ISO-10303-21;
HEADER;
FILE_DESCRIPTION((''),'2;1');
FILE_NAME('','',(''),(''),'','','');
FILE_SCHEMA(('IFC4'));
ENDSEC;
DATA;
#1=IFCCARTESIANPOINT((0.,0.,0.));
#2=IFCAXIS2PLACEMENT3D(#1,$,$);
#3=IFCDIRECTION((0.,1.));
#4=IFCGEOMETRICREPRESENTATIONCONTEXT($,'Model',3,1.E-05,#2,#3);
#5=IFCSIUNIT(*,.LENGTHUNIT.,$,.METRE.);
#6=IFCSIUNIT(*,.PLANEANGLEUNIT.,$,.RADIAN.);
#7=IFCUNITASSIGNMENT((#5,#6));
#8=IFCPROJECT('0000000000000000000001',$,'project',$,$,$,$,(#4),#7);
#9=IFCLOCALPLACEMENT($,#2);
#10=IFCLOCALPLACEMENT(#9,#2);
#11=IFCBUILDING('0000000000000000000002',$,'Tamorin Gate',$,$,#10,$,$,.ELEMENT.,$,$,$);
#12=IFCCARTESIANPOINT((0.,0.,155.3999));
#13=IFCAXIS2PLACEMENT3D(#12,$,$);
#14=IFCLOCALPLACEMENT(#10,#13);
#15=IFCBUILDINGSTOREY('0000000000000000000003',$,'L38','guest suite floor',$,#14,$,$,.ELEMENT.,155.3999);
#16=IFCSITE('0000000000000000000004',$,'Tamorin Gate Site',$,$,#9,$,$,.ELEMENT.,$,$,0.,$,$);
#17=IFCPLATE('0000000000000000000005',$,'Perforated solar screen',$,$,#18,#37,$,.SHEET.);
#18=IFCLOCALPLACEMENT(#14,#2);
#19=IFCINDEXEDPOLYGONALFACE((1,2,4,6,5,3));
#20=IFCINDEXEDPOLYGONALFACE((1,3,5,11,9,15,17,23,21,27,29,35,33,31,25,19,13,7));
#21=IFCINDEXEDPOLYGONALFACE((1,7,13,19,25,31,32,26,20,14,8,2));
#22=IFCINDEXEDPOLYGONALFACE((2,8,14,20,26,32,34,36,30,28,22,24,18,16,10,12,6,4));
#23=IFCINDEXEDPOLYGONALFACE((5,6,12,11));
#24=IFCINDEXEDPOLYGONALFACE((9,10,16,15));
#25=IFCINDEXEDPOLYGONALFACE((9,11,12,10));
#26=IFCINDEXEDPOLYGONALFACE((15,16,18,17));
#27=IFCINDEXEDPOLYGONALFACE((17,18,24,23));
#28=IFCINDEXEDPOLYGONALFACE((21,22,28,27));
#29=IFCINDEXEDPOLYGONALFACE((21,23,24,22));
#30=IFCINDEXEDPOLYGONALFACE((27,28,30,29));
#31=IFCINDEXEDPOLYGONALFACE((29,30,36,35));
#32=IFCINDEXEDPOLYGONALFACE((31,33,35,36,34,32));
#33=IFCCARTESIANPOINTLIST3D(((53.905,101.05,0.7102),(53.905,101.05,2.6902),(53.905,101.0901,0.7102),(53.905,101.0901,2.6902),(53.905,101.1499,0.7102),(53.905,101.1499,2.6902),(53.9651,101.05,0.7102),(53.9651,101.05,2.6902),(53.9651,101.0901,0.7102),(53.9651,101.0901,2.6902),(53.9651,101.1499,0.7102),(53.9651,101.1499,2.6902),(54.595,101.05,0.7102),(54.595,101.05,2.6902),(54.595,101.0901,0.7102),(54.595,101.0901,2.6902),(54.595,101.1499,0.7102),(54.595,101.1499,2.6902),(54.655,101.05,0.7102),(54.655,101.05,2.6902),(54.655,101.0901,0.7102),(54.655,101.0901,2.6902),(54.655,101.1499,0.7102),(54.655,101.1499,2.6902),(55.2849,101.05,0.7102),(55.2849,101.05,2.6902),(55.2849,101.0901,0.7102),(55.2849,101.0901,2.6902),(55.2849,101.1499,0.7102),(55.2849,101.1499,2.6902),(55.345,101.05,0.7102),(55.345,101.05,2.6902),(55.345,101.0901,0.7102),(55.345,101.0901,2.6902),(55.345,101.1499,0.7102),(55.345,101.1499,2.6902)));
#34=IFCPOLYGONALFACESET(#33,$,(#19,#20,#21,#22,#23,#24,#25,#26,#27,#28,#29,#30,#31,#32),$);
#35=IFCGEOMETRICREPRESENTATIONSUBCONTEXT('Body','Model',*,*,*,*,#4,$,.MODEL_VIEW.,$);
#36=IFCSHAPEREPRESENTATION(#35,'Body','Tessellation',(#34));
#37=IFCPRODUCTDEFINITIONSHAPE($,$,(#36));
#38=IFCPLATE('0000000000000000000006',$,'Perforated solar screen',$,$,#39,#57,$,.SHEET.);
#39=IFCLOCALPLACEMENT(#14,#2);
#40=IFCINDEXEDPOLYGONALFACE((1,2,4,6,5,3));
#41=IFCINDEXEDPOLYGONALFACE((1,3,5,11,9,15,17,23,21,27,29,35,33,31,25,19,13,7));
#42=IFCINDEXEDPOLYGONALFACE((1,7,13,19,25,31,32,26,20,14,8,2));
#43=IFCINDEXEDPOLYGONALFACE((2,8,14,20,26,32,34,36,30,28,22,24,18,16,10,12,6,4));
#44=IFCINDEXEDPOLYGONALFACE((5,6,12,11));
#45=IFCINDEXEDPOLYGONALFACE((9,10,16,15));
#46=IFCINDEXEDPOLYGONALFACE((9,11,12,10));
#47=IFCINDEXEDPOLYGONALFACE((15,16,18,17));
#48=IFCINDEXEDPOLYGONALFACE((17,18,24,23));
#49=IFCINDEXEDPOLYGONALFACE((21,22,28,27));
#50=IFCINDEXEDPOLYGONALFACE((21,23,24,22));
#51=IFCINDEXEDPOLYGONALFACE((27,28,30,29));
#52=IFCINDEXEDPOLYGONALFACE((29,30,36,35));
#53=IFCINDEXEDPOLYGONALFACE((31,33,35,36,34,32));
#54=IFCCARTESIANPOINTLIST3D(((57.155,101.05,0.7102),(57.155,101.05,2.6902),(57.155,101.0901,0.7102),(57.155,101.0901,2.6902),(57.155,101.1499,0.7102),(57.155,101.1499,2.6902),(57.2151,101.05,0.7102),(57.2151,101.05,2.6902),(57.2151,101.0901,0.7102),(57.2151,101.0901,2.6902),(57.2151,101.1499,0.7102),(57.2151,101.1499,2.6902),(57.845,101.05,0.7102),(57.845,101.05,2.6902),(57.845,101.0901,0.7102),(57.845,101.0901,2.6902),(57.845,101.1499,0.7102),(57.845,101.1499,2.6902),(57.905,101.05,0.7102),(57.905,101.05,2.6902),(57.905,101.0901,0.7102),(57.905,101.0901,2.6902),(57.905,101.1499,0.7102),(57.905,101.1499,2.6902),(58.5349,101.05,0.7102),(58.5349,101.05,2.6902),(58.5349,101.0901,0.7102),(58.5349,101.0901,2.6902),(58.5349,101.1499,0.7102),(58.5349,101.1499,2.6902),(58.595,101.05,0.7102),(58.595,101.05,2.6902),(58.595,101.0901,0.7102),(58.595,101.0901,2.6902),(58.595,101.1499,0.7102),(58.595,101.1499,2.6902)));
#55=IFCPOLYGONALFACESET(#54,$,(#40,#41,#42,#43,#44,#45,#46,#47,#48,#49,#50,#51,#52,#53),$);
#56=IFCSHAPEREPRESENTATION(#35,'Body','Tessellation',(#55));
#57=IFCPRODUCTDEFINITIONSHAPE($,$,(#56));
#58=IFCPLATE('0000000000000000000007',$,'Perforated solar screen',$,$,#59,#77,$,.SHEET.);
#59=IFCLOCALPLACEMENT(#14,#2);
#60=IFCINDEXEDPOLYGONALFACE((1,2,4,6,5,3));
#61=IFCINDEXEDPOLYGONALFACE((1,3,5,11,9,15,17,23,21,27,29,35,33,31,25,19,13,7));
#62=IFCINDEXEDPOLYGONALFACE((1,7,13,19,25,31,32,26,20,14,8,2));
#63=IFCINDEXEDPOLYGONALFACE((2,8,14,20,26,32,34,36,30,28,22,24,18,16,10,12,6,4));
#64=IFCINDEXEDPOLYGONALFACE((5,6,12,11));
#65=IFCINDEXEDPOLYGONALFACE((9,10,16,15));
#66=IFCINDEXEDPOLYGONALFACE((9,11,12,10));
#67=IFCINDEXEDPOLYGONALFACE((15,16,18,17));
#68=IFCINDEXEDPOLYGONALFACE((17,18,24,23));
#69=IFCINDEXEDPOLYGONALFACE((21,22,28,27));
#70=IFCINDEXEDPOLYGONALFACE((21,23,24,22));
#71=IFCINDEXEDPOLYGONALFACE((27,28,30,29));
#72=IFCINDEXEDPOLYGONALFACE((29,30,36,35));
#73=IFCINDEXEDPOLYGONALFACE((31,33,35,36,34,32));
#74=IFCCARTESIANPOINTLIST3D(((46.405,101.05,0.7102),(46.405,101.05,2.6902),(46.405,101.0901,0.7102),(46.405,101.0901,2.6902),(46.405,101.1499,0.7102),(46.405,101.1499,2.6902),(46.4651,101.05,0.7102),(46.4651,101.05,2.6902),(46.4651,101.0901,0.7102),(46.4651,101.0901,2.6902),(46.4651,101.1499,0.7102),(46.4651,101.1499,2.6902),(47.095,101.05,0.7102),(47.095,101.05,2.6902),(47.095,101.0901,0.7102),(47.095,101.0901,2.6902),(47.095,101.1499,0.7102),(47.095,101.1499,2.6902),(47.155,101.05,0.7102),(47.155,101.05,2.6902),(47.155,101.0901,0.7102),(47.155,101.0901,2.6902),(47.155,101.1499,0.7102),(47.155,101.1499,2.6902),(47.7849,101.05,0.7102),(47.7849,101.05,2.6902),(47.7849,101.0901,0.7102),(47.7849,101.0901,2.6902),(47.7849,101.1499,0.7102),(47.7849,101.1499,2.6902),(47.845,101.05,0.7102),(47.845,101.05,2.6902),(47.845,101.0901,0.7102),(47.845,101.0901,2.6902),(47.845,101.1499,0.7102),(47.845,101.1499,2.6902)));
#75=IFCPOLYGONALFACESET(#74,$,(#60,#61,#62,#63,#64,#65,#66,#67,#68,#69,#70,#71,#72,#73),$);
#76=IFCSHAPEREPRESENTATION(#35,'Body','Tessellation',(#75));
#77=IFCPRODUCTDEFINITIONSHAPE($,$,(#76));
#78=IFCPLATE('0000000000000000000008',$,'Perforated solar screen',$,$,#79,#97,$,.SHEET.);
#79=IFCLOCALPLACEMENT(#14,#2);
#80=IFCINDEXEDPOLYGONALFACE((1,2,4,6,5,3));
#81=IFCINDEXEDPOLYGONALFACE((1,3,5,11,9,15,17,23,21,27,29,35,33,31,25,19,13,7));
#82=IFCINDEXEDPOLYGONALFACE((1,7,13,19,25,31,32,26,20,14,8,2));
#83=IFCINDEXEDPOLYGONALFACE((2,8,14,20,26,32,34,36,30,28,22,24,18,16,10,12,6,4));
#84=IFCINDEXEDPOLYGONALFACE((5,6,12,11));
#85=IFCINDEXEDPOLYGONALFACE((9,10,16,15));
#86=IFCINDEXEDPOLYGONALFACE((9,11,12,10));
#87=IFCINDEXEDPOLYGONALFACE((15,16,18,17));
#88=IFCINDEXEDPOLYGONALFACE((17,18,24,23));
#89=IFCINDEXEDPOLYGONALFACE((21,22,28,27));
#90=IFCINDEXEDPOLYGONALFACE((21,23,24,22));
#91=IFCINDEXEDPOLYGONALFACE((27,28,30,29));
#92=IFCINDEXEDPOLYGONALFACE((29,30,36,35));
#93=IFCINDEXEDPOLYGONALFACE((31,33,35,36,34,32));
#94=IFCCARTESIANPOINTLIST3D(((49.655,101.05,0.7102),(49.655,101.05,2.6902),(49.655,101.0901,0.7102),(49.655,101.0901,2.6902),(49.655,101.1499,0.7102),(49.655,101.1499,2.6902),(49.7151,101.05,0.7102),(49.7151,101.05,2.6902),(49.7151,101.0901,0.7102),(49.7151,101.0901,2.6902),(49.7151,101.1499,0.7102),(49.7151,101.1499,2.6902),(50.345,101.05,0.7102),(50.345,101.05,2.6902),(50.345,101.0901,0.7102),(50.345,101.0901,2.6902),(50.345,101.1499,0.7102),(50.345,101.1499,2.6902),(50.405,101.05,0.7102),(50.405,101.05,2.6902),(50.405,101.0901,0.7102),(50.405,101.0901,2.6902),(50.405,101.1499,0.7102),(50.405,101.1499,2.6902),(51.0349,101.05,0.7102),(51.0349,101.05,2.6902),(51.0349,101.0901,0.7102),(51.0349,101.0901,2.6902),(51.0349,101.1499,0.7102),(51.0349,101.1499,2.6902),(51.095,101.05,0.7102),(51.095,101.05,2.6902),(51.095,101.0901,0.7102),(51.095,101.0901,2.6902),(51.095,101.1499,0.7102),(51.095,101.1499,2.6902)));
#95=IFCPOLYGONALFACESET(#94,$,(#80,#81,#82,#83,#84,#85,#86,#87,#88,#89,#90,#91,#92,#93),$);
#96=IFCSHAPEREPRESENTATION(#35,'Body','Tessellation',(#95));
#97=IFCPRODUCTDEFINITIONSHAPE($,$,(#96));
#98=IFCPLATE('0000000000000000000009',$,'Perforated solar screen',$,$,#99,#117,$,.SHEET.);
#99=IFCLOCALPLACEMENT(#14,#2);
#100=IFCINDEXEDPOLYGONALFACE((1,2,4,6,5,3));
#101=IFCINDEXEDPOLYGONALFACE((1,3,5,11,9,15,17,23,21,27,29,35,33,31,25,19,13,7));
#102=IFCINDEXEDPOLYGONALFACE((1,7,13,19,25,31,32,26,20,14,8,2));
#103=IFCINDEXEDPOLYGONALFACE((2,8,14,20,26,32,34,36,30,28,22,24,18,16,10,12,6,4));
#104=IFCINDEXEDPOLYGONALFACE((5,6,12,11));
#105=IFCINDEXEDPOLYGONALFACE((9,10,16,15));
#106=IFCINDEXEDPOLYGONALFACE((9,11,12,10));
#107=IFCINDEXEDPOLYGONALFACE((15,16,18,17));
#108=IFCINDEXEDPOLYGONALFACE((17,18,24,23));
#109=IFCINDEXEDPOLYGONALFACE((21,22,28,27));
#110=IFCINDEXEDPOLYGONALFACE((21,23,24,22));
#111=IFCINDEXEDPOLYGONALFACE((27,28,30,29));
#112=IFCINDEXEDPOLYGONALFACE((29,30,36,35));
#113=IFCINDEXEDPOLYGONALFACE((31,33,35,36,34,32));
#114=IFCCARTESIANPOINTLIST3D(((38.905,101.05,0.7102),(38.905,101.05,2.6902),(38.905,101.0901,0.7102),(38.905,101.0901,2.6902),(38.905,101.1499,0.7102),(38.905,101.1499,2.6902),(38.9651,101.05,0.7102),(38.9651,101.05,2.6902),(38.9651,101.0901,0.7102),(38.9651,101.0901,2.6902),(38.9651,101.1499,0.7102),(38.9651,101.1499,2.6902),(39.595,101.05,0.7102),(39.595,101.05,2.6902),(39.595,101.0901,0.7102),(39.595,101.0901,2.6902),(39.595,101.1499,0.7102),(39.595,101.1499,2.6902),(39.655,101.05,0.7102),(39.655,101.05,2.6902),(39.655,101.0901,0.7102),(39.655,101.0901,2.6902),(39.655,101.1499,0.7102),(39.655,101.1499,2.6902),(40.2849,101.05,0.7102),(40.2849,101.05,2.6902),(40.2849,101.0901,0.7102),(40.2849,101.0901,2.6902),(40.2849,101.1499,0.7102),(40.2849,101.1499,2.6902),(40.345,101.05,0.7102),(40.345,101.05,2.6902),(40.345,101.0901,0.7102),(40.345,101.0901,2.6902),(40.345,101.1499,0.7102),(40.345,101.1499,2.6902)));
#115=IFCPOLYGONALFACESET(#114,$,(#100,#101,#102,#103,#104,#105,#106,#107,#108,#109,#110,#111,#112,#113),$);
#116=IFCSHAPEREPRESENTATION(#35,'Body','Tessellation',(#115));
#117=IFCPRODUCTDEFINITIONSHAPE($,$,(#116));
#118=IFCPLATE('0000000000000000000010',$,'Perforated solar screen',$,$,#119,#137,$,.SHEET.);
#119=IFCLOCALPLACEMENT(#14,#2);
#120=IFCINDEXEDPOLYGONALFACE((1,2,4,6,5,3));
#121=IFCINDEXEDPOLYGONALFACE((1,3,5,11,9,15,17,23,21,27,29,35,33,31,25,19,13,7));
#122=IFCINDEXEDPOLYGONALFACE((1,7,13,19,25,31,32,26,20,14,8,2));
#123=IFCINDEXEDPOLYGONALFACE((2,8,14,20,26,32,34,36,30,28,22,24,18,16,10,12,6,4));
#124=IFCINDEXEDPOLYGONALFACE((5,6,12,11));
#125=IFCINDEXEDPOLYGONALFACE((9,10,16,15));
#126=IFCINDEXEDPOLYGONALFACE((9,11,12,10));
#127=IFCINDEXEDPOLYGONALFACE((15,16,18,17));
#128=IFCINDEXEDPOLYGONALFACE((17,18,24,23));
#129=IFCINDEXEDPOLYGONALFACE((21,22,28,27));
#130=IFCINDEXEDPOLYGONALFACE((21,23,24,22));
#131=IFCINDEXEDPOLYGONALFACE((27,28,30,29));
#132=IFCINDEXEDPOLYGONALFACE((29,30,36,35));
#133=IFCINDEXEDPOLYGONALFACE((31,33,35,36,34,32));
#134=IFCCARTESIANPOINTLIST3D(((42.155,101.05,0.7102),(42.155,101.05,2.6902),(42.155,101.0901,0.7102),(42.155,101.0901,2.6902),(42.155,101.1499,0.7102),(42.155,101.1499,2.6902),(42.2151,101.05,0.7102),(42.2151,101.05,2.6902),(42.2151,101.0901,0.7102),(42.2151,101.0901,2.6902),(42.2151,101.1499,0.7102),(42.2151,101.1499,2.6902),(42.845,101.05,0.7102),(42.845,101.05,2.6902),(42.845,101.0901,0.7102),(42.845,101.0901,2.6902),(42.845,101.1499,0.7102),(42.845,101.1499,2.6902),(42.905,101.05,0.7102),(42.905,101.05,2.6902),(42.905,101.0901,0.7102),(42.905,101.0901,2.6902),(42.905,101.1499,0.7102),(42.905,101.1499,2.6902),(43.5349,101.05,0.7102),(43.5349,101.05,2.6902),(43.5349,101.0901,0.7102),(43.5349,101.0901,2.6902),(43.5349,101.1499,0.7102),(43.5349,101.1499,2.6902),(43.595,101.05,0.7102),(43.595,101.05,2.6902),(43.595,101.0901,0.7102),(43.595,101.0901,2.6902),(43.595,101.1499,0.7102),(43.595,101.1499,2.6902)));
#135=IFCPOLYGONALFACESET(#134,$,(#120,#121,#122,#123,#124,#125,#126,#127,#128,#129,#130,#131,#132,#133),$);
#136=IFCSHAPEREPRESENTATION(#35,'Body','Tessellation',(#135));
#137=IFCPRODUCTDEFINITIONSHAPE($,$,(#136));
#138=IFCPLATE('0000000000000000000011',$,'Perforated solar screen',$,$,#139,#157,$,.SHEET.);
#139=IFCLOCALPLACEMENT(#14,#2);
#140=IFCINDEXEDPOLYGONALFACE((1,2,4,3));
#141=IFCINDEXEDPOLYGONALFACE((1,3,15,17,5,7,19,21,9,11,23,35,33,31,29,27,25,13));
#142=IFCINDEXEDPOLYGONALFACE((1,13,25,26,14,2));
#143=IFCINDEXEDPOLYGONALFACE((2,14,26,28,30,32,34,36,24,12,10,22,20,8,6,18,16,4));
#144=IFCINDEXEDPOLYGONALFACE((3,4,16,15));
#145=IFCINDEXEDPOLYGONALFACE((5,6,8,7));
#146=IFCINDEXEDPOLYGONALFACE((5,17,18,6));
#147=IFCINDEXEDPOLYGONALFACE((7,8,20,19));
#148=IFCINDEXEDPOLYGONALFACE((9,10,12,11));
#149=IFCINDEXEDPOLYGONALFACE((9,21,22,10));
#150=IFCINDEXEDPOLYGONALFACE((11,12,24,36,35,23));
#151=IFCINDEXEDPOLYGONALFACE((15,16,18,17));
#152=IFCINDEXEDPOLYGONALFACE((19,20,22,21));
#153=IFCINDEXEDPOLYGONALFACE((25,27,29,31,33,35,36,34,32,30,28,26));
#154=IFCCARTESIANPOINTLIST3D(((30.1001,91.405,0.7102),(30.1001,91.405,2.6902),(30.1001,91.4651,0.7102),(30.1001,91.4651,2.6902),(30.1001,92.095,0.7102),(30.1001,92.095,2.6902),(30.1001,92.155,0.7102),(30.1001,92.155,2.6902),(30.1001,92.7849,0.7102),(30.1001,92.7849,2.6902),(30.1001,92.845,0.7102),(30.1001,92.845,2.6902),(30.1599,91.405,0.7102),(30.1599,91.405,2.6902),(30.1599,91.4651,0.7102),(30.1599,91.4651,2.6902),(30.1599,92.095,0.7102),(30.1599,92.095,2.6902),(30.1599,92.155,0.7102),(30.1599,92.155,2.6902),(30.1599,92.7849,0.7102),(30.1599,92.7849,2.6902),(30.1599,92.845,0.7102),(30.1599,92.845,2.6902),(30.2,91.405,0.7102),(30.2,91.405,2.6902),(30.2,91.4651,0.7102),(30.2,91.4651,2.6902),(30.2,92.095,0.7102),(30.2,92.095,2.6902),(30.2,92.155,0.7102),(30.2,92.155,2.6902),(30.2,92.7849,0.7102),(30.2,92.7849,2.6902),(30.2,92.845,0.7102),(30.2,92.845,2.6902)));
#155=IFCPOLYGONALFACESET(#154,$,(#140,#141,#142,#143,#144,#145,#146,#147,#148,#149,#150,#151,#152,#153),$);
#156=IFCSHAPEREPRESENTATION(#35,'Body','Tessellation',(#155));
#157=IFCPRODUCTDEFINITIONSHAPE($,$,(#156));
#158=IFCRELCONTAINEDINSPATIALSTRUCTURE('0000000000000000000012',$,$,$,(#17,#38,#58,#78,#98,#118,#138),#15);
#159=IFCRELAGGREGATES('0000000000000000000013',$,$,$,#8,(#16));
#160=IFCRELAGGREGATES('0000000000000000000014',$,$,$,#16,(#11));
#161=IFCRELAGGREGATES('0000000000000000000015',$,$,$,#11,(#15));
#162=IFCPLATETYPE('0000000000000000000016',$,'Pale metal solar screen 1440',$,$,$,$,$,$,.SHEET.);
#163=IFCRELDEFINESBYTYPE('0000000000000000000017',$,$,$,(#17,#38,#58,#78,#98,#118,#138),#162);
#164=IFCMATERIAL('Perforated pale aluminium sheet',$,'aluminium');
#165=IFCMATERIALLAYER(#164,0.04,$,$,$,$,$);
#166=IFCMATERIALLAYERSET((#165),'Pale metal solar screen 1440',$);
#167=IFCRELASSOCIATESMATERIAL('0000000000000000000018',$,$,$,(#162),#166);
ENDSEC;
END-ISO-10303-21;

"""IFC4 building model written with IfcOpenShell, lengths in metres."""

from ifc_helpers import new_model, si_unit, direction, frame, origin, place, context, subcontext, project, spatial, polyline, outline, extrude, material, layer, layer_set, type_object, element, save


model = new_model("IFC4")

# Units and contexts
model_context = context("Model", 3, precision=1e-05, world=origin(), true_north=direction((0.0, 1.0)))
body_context = subcontext(model_context, "Body", "Model", "MODEL_VIEW")
ifc_project = project(units=[si_unit("LENGTHUNIT", "METRE"), si_unit("PLANEANGLEUNIT", "RADIAN")], contexts=[model_context])

# Site, building, storey
site_placement = place(None, origin())
site = spatial("IfcSite", under=ifc_project, at=site_placement, Name="Tamorin Gate Site", CompositionType="ELEMENT", RefElevation=0.0)
building_placement = place(site_placement, origin())
building = spatial("IfcBuilding", under=site, at=building_placement, Name="Tamorin Gate", CompositionType="ELEMENT")
storey_placement = place(building_placement, frame((0.0, 0.0, 155.3999)))
storey = spatial("IfcBuildingStorey", under=building, at=storey_placement, Name="L38", Description="guest suite floor", CompositionType="ELEMENT", Elevation=155.3999)

# Plates
ifc_material = material(Name="Perforated pale aluminium sheet", Category="aluminium")
ifc_layer_1 = layer(ifc_material, 0.04)
ifc_layer_set_1 = layer_set([ifc_layer_1], Name="Pale metal solar screen 1440")
plate_type_1 = type_object("IfcPlateType", Name="Pale metal solar screen 1440", PredefinedType="SHEET", material=ifc_layer_set_1)
plate_1_placement = place(storey_placement, frame((0.0, 0.0, 0.7102)))
element("IfcPlate", 1, at=plate_1_placement, inside=storey, type_object=plate_type_1, Name="Perforated solar screen", PredefinedType="SHEET", context=body_context, shape_type="SweptSolid", body=[
    extrude(outline(polyline([(55.345, 101.0901), (55.345, 101.05), (55.2849, 101.05), (54.655, 101.05), (54.595, 101.05), (53.9651, 101.05), (53.905, 101.05), (53.905, 101.0901), (53.905, 101.1499), (53.9651, 101.1499), (53.9651, 101.0901), (54.595, 101.0901), (54.595, 101.1499), (54.655, 101.1499), (54.655, 101.0901), (55.2849, 101.0901), (55.2849, 101.1499), (55.345, 101.1499), (55.345, 101.0901)])), origin(), (0.0, 0.0, 1.0), 1.98),
])
plate_2_placement = place(storey_placement, frame((0.0, 0.0, 0.7102)))
element("IfcPlate", 2, at=plate_2_placement, inside=storey, type_object=plate_type_1, Name="Perforated solar screen", PredefinedType="SHEET", context=body_context, shape_type="SweptSolid", body=[
    extrude(outline(polyline([(58.595, 101.0901), (58.595, 101.05), (58.5349, 101.05), (57.905, 101.05), (57.845, 101.05), (57.2151, 101.05), (57.155, 101.05), (57.155, 101.0901), (57.155, 101.1499), (57.2151, 101.1499), (57.2151, 101.0901), (57.845, 101.0901), (57.845, 101.1499), (57.905, 101.1499), (57.905, 101.0901), (58.5349, 101.0901), (58.5349, 101.1499), (58.595, 101.1499), (58.595, 101.0901)])), origin(), (0.0, 0.0, 1.0), 1.98),
])
plate_3_placement = place(storey_placement, frame((0.0, 0.0, 0.7102)))
element("IfcPlate", 3, at=plate_3_placement, inside=storey, type_object=plate_type_1, Name="Perforated solar screen", PredefinedType="SHEET", context=body_context, shape_type="SweptSolid", body=[
    extrude(outline(polyline([(47.845, 101.0901), (47.845, 101.05), (47.7849, 101.05), (47.155, 101.05), (47.095, 101.05), (46.4651, 101.05), (46.405, 101.05), (46.405, 101.0901), (46.405, 101.1499), (46.4651, 101.1499), (46.4651, 101.0901), (47.095, 101.0901), (47.095, 101.1499), (47.155, 101.1499), (47.155, 101.0901), (47.7849, 101.0901), (47.7849, 101.1499), (47.845, 101.1499), (47.845, 101.0901)])), origin(), (0.0, 0.0, 1.0), 1.98),
])
plate_4_placement = place(storey_placement, frame((0.0, 0.0, 0.7102)))
element("IfcPlate", 4, at=plate_4_placement, inside=storey, type_object=plate_type_1, Name="Perforated solar screen", PredefinedType="SHEET", context=body_context, shape_type="SweptSolid", body=[
    extrude(outline(polyline([(51.095, 101.0901), (51.095, 101.05), (51.0349, 101.05), (50.405, 101.05), (50.345, 101.05), (49.7151, 101.05), (49.655, 101.05), (49.655, 101.0901), (49.655, 101.1499), (49.7151, 101.1499), (49.7151, 101.0901), (50.345, 101.0901), (50.345, 101.1499), (50.405, 101.1499), (50.405, 101.0901), (51.0349, 101.0901), (51.0349, 101.1499), (51.095, 101.1499), (51.095, 101.0901)])), origin(), (0.0, 0.0, 1.0), 1.98),
])
plate_5_placement = place(storey_placement, frame((0.0, 0.0, 0.7102)))
element("IfcPlate", 5, at=plate_5_placement, inside=storey, type_object=plate_type_1, Name="Perforated solar screen", PredefinedType="SHEET", context=body_context, shape_type="SweptSolid", body=[
    extrude(outline(polyline([(40.345, 101.0901), (40.345, 101.05), (40.2849, 101.05), (39.655, 101.05), (39.595, 101.05), (38.9651, 101.05), (38.905, 101.05), (38.905, 101.0901), (38.905, 101.1499), (38.9651, 101.1499), (38.9651, 101.0901), (39.595, 101.0901), (39.595, 101.1499), (39.655, 101.1499), (39.655, 101.0901), (40.2849, 101.0901), (40.2849, 101.1499), (40.345, 101.1499), (40.345, 101.0901)])), origin(), (0.0, 0.0, 1.0), 1.98),
])
plate_6_placement = place(storey_placement, frame((0.0, 0.0, 0.7102)))
element("IfcPlate", 6, at=plate_6_placement, inside=storey, type_object=plate_type_1, Name="Perforated solar screen", PredefinedType="SHEET", context=body_context, shape_type="SweptSolid", body=[
    extrude(outline(polyline([(43.595, 101.0901), (43.595, 101.05), (43.5349, 101.05), (42.905, 101.05), (42.845, 101.05), (42.2151, 101.05), (42.155, 101.05), (42.155, 101.0901), (42.155, 101.1499), (42.2151, 101.1499), (42.2151, 101.0901), (42.845, 101.0901), (42.845, 101.1499), (42.905, 101.1499), (42.905, 101.0901), (43.5349, 101.0901), (43.5349, 101.1499), (43.595, 101.1499), (43.595, 101.0901)])), origin(), (0.0, 0.0, 1.0), 1.98),
])
plate_7_placement = place(storey_placement, frame((0.0, 0.0, 0.7102)))
element("IfcPlate", 7, at=plate_7_placement, inside=storey, type_object=plate_type_1, Name="Perforated solar screen", PredefinedType="SHEET", context=body_context, shape_type="SweptSolid", body=[
    extrude(outline(polyline([(30.1599, 92.845), (30.2, 92.845), (30.2, 92.7849), (30.2, 92.155), (30.2, 92.095), (30.2, 91.4651), (30.2, 91.405), (30.2, 91.405), (30.1599, 91.405), (30.1599, 91.405), (30.1001, 91.405), (30.1001, 91.4651), (30.1599, 91.4651), (30.1599, 92.095), (30.1001, 92.095), (30.1001, 92.155), (30.1599, 92.155), (30.1599, 92.7849), (30.1001, 92.7849), (30.1001, 92.845), (30.1599, 92.845)])), origin(), (0.0, 0.0, 1.0), 1.98),
])

save(model, "model.ifc")
